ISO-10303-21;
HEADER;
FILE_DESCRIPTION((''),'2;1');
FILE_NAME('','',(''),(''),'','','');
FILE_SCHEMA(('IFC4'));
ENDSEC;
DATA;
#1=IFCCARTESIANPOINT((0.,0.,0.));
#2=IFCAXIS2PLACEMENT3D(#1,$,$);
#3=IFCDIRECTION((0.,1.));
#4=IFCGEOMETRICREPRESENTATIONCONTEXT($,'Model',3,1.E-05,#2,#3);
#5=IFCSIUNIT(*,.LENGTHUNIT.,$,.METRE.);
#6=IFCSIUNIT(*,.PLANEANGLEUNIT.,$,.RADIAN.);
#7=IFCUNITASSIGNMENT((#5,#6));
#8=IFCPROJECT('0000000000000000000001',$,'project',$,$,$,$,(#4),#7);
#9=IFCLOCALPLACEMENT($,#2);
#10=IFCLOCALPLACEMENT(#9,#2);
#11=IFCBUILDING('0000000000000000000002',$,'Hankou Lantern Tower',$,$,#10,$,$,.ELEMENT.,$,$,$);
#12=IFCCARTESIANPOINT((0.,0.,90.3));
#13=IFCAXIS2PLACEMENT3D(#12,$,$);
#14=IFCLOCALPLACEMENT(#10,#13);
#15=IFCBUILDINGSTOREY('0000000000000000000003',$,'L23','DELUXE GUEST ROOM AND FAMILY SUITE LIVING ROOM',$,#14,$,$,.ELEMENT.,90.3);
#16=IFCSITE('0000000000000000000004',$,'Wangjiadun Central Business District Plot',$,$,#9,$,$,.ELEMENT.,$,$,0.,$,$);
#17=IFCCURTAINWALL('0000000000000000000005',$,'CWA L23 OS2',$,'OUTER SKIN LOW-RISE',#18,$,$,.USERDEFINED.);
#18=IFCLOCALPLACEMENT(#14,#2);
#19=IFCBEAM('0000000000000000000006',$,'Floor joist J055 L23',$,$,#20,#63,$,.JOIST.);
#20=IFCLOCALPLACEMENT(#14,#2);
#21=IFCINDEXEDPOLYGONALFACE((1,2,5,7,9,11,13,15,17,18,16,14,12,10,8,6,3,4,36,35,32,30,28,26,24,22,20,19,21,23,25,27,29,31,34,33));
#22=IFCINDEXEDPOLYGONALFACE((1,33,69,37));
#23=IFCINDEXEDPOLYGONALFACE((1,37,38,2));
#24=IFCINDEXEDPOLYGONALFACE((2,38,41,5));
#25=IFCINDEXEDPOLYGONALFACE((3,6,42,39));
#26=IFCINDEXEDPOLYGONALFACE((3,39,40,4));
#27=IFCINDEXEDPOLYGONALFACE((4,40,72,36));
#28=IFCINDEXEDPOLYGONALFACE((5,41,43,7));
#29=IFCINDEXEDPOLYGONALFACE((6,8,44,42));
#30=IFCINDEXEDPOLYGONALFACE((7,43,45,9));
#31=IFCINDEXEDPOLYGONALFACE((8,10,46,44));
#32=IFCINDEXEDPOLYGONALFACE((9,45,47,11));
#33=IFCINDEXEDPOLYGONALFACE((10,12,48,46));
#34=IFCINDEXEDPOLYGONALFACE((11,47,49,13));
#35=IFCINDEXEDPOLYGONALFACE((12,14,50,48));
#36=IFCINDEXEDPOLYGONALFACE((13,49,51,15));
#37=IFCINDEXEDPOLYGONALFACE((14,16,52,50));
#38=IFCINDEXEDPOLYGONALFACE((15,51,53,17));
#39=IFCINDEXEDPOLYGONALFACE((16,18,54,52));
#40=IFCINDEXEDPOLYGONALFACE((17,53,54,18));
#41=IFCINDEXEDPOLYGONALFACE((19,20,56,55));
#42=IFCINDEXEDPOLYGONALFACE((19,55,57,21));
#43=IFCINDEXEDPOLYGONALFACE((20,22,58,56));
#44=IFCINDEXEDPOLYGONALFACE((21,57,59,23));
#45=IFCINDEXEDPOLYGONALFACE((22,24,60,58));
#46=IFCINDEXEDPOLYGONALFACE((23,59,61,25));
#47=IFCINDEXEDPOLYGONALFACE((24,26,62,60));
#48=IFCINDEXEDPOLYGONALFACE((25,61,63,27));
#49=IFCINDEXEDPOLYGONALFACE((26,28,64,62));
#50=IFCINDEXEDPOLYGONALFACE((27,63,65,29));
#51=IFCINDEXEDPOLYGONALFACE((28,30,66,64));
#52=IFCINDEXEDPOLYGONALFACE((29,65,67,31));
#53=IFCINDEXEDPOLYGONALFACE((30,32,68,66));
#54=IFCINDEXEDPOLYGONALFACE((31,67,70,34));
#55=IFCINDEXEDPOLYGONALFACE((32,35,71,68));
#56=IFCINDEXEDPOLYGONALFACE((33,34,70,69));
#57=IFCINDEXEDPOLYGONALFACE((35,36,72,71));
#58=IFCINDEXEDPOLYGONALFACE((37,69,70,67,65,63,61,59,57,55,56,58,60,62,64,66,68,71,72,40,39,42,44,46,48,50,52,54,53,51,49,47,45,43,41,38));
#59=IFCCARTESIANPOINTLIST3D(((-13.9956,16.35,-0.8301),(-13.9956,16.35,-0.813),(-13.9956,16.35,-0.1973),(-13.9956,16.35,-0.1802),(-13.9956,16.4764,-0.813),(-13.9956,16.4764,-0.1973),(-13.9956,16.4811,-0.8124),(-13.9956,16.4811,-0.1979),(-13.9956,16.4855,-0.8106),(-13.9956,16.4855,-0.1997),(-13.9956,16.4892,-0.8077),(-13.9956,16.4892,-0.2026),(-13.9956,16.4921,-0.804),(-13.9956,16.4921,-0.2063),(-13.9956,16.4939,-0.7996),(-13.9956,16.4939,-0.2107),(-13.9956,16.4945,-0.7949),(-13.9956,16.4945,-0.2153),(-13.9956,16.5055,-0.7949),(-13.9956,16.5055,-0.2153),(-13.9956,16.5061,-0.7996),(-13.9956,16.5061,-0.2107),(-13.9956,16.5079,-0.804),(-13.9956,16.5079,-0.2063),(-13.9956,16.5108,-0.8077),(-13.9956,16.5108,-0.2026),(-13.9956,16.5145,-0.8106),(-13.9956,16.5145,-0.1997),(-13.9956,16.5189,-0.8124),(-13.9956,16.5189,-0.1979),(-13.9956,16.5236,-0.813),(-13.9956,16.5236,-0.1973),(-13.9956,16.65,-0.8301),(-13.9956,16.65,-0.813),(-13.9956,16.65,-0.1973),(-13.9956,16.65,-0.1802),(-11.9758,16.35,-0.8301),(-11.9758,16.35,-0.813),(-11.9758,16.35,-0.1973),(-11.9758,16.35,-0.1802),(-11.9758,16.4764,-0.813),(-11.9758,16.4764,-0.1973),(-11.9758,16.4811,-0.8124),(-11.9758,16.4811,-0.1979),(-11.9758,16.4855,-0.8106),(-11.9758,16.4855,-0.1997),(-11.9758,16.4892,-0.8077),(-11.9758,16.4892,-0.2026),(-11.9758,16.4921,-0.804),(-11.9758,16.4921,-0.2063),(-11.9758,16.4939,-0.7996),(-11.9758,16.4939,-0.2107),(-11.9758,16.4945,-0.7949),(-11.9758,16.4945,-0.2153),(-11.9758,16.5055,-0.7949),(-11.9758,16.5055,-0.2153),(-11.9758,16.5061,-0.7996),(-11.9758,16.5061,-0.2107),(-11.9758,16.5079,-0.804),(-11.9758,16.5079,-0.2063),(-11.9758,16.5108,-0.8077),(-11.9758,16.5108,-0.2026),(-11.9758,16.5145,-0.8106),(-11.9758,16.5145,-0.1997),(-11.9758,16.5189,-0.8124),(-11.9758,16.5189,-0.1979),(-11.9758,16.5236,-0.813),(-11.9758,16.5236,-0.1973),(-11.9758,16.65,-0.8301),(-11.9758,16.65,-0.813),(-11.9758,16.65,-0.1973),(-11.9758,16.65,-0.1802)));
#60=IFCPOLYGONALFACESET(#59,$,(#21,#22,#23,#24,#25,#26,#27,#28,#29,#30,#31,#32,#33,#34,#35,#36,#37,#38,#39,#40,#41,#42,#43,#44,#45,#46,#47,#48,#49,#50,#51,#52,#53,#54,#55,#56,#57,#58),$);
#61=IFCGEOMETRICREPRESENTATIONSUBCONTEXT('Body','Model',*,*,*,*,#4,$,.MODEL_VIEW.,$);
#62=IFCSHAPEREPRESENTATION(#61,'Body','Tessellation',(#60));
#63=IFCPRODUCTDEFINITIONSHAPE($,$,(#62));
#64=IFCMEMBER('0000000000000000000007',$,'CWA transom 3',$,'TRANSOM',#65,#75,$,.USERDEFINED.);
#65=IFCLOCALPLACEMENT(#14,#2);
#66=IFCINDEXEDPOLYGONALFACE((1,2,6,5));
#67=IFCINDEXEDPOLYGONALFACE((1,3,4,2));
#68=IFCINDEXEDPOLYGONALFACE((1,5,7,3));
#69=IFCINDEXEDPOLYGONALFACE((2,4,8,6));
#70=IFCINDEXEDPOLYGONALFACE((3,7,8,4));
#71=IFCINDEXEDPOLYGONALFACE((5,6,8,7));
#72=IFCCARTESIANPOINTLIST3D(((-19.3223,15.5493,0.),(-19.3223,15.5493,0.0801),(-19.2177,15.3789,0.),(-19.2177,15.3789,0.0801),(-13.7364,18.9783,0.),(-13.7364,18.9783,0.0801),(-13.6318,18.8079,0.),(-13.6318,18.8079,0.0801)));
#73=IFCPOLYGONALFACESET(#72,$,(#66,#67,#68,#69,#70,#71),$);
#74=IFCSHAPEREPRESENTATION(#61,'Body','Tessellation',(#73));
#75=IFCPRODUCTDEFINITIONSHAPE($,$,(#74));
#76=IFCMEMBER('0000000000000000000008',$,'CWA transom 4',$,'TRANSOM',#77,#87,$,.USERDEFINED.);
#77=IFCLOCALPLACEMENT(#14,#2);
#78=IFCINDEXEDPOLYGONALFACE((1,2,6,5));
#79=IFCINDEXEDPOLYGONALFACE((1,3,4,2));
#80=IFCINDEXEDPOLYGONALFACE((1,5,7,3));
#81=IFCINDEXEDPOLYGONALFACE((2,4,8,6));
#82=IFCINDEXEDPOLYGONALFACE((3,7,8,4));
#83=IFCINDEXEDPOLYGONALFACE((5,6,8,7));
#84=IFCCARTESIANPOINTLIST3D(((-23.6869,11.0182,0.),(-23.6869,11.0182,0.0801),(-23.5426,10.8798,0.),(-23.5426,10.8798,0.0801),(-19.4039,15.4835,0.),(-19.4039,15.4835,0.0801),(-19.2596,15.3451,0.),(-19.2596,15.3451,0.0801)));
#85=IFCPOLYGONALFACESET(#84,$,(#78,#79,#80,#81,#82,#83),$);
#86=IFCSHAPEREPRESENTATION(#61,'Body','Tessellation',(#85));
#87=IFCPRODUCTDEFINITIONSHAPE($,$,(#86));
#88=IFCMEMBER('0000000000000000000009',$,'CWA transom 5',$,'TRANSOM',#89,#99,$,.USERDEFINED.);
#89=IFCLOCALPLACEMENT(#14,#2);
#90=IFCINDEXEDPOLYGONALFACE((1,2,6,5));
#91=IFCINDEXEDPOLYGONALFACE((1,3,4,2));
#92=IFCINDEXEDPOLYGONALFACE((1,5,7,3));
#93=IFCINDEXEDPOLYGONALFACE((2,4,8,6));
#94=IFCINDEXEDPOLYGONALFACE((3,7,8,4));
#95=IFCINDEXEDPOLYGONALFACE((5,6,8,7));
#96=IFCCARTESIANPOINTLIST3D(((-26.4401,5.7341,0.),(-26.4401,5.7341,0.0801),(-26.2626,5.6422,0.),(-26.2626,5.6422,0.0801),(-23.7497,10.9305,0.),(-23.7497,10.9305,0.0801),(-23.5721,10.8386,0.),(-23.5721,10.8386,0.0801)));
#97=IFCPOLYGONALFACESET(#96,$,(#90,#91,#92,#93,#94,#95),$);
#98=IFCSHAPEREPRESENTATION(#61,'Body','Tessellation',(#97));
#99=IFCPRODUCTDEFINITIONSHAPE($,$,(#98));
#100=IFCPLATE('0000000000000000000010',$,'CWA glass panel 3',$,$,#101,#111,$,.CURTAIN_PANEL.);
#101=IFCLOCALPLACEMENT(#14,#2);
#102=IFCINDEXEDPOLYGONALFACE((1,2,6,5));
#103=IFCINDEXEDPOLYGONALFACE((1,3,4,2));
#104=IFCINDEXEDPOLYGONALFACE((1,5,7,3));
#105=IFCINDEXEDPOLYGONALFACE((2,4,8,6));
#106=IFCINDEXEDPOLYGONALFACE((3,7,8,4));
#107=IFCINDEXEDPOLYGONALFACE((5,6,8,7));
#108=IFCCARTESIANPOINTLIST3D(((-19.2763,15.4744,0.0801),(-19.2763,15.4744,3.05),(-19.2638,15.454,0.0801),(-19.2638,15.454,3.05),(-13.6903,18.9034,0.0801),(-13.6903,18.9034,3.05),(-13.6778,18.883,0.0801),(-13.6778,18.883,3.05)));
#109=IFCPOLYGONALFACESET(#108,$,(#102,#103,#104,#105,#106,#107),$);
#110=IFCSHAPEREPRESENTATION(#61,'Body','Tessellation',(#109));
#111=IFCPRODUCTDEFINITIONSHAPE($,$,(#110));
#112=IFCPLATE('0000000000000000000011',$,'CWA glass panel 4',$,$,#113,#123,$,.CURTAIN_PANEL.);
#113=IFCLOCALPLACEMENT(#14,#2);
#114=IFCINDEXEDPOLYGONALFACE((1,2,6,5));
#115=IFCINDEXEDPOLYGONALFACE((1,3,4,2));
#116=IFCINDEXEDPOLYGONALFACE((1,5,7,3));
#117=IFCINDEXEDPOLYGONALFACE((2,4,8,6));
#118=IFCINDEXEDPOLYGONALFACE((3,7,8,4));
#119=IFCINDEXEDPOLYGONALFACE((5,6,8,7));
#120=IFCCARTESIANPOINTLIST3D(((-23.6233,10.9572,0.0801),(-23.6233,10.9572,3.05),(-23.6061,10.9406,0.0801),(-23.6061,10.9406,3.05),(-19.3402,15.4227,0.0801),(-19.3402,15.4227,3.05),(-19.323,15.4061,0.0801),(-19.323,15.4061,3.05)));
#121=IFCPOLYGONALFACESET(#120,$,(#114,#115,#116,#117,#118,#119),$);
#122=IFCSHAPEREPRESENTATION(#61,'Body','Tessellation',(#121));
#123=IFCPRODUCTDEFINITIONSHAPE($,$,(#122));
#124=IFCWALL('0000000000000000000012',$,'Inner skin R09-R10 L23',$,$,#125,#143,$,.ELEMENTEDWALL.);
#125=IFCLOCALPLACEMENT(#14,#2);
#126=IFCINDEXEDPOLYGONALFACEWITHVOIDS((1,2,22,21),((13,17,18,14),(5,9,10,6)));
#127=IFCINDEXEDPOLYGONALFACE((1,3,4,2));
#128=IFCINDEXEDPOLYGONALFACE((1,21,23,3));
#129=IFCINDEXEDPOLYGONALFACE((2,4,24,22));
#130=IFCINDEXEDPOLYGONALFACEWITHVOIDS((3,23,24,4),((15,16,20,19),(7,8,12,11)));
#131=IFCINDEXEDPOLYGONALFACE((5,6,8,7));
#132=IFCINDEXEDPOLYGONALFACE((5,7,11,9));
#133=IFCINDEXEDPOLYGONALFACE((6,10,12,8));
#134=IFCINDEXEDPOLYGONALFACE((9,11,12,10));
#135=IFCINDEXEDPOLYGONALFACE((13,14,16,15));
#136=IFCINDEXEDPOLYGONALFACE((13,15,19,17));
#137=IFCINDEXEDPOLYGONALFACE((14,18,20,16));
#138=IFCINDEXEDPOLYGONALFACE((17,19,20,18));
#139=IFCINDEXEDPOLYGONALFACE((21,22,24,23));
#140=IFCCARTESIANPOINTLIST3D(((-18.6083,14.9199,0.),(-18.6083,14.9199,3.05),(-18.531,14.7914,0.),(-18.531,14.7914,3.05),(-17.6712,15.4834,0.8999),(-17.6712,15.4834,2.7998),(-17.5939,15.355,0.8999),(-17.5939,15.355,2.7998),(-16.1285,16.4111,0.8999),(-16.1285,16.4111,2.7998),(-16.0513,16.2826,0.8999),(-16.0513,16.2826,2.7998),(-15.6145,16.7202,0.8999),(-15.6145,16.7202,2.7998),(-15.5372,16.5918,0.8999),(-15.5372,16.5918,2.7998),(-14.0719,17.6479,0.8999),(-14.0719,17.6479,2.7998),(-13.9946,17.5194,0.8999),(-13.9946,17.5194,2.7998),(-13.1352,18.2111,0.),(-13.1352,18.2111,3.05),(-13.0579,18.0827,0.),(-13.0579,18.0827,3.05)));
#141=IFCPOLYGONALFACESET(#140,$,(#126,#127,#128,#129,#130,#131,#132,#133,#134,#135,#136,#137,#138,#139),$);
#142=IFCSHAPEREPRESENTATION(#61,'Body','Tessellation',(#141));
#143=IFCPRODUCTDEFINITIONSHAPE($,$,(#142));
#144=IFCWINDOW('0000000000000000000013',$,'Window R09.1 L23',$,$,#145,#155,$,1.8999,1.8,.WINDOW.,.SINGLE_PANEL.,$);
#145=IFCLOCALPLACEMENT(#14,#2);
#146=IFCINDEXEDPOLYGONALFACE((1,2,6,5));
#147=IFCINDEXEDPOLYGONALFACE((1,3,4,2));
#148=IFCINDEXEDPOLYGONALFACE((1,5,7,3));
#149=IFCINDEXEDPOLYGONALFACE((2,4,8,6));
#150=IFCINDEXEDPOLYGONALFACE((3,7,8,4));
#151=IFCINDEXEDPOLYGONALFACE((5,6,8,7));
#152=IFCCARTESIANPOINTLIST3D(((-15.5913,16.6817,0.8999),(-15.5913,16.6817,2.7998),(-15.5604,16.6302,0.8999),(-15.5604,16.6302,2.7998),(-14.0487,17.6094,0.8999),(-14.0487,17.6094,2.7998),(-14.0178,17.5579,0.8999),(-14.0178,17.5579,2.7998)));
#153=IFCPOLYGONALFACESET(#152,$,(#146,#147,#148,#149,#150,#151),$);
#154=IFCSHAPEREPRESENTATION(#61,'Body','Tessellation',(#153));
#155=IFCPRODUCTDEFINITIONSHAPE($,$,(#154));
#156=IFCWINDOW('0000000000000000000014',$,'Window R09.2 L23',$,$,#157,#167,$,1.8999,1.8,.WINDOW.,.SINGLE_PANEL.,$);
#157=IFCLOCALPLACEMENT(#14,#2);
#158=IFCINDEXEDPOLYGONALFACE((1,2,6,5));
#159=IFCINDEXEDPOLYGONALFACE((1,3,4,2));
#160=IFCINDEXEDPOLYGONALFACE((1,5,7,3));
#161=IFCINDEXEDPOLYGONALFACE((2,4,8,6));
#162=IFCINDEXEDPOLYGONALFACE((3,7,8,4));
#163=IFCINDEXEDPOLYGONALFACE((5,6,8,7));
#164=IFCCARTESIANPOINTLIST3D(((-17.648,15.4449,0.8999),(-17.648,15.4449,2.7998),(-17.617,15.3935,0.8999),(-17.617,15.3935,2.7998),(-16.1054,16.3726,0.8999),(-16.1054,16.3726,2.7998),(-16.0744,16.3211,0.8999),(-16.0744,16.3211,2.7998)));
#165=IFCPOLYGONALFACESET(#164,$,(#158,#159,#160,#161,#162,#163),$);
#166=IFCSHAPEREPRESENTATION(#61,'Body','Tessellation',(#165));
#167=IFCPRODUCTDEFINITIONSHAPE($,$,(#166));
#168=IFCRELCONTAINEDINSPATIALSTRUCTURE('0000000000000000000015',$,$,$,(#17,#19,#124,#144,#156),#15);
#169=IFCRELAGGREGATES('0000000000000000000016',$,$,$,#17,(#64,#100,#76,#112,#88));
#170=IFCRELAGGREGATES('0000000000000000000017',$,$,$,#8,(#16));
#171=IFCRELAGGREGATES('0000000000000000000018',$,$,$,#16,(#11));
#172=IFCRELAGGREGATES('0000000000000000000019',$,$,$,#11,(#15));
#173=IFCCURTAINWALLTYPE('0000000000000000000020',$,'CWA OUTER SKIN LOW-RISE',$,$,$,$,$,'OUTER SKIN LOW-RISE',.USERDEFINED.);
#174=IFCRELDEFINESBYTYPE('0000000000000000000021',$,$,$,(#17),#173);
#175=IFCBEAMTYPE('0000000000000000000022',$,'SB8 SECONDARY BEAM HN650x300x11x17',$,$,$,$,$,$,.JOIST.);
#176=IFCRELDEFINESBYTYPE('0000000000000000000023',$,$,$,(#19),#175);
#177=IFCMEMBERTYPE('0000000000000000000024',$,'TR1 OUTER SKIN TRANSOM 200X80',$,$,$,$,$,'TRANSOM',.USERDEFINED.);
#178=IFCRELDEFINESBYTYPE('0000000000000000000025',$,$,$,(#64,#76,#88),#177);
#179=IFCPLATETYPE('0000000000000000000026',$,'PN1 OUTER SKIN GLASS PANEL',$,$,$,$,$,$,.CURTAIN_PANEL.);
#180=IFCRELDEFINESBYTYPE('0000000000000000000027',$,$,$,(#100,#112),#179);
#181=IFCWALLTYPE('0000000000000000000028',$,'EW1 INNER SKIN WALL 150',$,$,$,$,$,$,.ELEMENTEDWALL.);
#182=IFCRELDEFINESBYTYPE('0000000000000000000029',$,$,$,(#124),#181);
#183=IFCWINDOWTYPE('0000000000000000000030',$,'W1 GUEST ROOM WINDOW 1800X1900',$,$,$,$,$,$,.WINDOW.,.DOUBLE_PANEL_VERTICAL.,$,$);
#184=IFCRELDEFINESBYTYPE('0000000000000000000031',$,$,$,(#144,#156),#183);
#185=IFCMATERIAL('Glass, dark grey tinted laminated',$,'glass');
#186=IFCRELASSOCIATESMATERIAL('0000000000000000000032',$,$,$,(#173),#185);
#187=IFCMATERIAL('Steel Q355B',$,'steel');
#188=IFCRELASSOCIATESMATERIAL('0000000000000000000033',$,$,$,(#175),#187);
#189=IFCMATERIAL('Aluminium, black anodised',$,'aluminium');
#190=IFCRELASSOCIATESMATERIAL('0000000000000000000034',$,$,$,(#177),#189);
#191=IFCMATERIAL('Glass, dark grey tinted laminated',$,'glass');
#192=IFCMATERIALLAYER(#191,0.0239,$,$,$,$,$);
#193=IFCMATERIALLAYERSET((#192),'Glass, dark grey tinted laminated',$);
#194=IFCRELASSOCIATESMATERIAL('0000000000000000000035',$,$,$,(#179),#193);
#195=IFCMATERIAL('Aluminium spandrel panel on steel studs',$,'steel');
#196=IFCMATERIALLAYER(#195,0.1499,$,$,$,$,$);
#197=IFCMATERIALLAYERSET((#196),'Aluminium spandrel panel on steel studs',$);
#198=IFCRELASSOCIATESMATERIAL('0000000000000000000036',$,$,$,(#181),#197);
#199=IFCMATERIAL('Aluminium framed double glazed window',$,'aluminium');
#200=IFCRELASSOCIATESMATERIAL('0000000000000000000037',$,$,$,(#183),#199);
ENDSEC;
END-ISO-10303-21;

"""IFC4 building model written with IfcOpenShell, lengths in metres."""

from ifc_helpers import new_model, si_unit, direction, frame, frame_2d, origin, origin_2d, place, context, subcontext, project, spatial, rectangle, i_section, extrude, material, layer, layer_set, material_profile, profile_set, type_object, element, fill, aggregate, save


model = new_model("IFC4")

# Units and contexts
model_context = context("Model", 3, precision=1e-05, world=origin(), true_north=direction((0.0, 1.0)))
body_context = subcontext(model_context, "Body", "Model", "MODEL_VIEW")
ifc_project = project(units=[si_unit("LENGTHUNIT", "METRE"), si_unit("PLANEANGLEUNIT", "RADIAN")], contexts=[model_context])

# Site, building, storey
site_placement = place(None, origin())
site = spatial("IfcSite", under=ifc_project, at=site_placement, Name="Wangjiadun Central Business District Plot", CompositionType="ELEMENT", RefElevation=0.0)
building_placement = place(site_placement, origin())
building = spatial("IfcBuilding", under=site, at=building_placement, Name="Hankou Lantern Tower", CompositionType="ELEMENT")
storey_placement = place(building_placement, frame((0.0, 0.0, 90.3)))
storey = spatial("IfcBuildingStorey", under=building, at=storey_placement, Name="L23", Description="DELUXE GUEST ROOM AND FAMILY SUITE LIVING ROOM", CompositionType="ELEMENT", Elevation=90.3)

# Curtain wall
ifc_material_1 = material(Name="Glass, dark grey tinted laminated", Category="glass")
curtain_wall_type = type_object("IfcCurtainWallType", Name="CWA OUTER SKIN LOW-RISE", ElementType="OUTER SKIN LOW-RISE", PredefinedType="USERDEFINED", material=ifc_material_1)
curtain_wall_placement = place(storey_placement, origin())
curtain_wall = element("IfcCurtainWall", 1, at=curtain_wall_placement, inside=storey, type_object=curtain_wall_type, Name="CWA L23 OS2", ObjectType="OUTER SKIN LOW-RISE", PredefinedType="USERDEFINED")

# Beam
ifc_material_2 = material(Name="Steel Q355B", Category="steel")
ifc_material_profile_1 = material_profile(ifc_material_2, i_section(OverallWidth=0.3, OverallDepth=0.6499, WebThickness=0.011, FlangeThickness=0.0171, FilletRadius=0.0181, at=origin_2d()), Name="HN650x300x11x17")
ifc_profile_set_1 = profile_set([ifc_material_profile_1], Name="Steel Q355B")
beam_type_1 = type_object("IfcBeamType", Name="SB8 SECONDARY BEAM HN650x300x11x17", PredefinedType="JOIST", material=ifc_profile_set_1)
beam_1_placement = place(storey_placement, frame((-13.9956, 16.5, -0.5051), z_axis=(1.0, 0.0, 0.0), x_axis=(0.0, 1.0, 0.0)))
element("IfcBeam", 2, at=beam_1_placement, inside=storey, type_object=beam_type_1, Name="Floor joist J055 L23", PredefinedType="JOIST", context=body_context, shape_type="SweptSolid", body=[
    extrude(i_section(OverallWidth=0.3, OverallDepth=0.6499, WebThickness=0.011, FlangeThickness=0.0171, FilletRadius=0.0181, at=origin_2d()), origin(), (0.0, 0.0, 1.0), 2.0198),
])

# Members
ifc_material_3 = material(Name="Aluminium, black anodised", Category="aluminium")
ifc_material_profile_2 = material_profile(ifc_material_3, rectangle(XDim=0.2, YDim=0.0801, at=origin_2d()), Name="TR1 200X80")
ifc_profile_set_2 = profile_set([ifc_material_profile_2], Name="Aluminium, black anodised")
member_type_1 = type_object("IfcMemberType", Name="TR1 OUTER SKIN TRANSOM 200X80", ElementType="TRANSOM", PredefinedType="USERDEFINED", material=ifc_profile_set_2)
member_1_placement = place(storey_placement, frame((-13.6841, 18.8931, 0.04), z_axis=(-0.85224, -0.523152, 0.0), x_axis=(0.523152, -0.85224, 0.0)))
member_1 = element("IfcMember", 3, at=member_1_placement, type_object=member_type_1, Name="CWA transom 3", ObjectType="TRANSOM", PredefinedType="USERDEFINED", context=body_context, shape_type="SweptSolid", body=[
    extrude(rectangle(XDim=0.2, YDim=0.0801, at=origin_2d()), origin(), (0.0, 0.0, 1.0), 6.5544),
])
member_2_placement = place(storey_placement, frame((-19.3318, 15.4143, 0.04), z_axis=(-0.692216, -0.721691, 0.0), x_axis=(0.721691, -0.692216, 0.0)))
member_2 = element("IfcMember", 4, at=member_2_placement, type_object=member_type_1, Name="CWA transom 4", ObjectType="TRANSOM", PredefinedType="USERDEFINED", context=body_context, shape_type="SweptSolid", body=[
    extrude(rectangle(XDim=0.2, YDim=0.0801, at=origin_2d()), origin(), (0.0, 0.0, 1.0), 6.1873),
])
member_3_placement = place(storey_placement, frame((-23.6609, 10.8845, 0.04), z_axis=(-0.459786, -0.88803, 0.0), x_axis=(0.88803, -0.459786, 0.0)))
member_3 = element("IfcMember", 5, at=member_3_placement, type_object=member_type_1, Name="CWA transom 5", ObjectType="TRANSOM", PredefinedType="USERDEFINED", context=body_context, shape_type="SweptSolid", body=[
    extrude(rectangle(XDim=0.2, YDim=0.0801, at=origin_2d()), origin(), (0.0, 0.0, 1.0), 5.8516),
])

# Plates
ifc_material_4 = material(Name="Glass, dark grey tinted laminated", Category="glass")
ifc_layer_1 = layer(ifc_material_4, 0.0239)
ifc_layer_set_1 = layer_set([ifc_layer_1], Name="Glass, dark grey tinted laminated")
plate_type = type_object("IfcPlateType", Name="PN1 OUTER SKIN GLASS PANEL", PredefinedType="CURTAIN_PANEL", material=ifc_layer_set_1)
plate_1_placement = place(storey_placement, frame((-16.4771, 17.1787, 0.0801), z_axis=(0.0, 0.0, 1.0), x_axis=(-0.852237, -0.523156, 0.0)))
plate_1 = element("IfcPlate", 6, at=plate_1_placement, type_object=plate_type, Name="CWA glass panel 3", PredefinedType="CURTAIN_PANEL", context=body_context, shape_type="SweptSolid", body=[
    extrude(rectangle(XDim=6.5544, YDim=0.0239, at=origin_2d()), origin(), (0.0, 0.0, 1.0), 2.97),
])
plate_2_placement = place(storey_placement, frame((-21.4731, 13.1816, 0.0801), z_axis=(0.0, 0.0, 1.0), x_axis=(-0.692216, -0.721691, 0.0)))
plate_2 = element("IfcPlate", 7, at=plate_2_placement, type_object=plate_type, Name="CWA glass panel 4", PredefinedType="CURTAIN_PANEL", context=body_context, shape_type="SweptSolid", body=[
    extrude(rectangle(XDim=6.1875, YDim=0.0239, at=origin_2d()), origin(), (0.0, 0.0, 1.0), 2.97),
])
aggregate(curtain_wall, [member_1, plate_1, member_2, plate_2, member_3])

# Wall, openings, windows
ifc_material_5 = material(Name="Aluminium spandrel panel on steel studs", Category="steel")
ifc_layer_2 = layer(ifc_material_5, 0.1499)
ifc_layer_set_2 = layer_set([ifc_layer_2], Name="Aluminium spandrel panel on steel studs")
wall_type_1 = type_object("IfcWallType", Name="EW1 INNER SKIN WALL 150", PredefinedType="ELEMENTEDWALL", material=ifc_layer_set_2)
wall_1_placement = place(storey_placement, frame((-13.0964, 18.147, 0.0), z_axis=(0.0, 0.0, 1.0), x_axis=(-0.856983, -0.515344, 0.0)))
wall_1 = element("IfcWall", 8, at=wall_1_placement, inside=storey, type_object=wall_type_1, Name="Inner skin R09-R10 L23", PredefinedType="ELEMENTEDWALL", context=body_context, shape_type="SweptSolid", body=[
    extrude(rectangle(XDim=6.3865, YDim=0.1499, at=frame_2d((3.1934, 0.0))), origin(), (0.0, 0.0, 1.0), 3.05),
])
opening_1_placement = place(wall_1_placement, frame((1.0933, 0.0, 0.8999)))
opening_1 = element("IfcOpeningElement", 9, at=opening_1_placement, cuts=wall_1, PredefinedType="OPENING", context=body_context, shape_type="SweptSolid", body=[
    extrude(rectangle(XDim=1.8, YDim=1.8999, at=frame_2d((0.8999, 0.95))), frame((0.0, 0.085, 0.0), z_axis=(0.0, -1.0, 0.0), x_axis=(1.0, 0.0, 0.0)), (0.0, 0.0, 1.0), 0.1699),
])
opening_2_placement = place(wall_1_placement, frame((3.4932, 0.0, 0.8999)))
opening_2 = element("IfcOpeningElement", 10, at=opening_2_placement, cuts=wall_1, PredefinedType="OPENING", context=body_context, shape_type="SweptSolid", body=[
    extrude(rectangle(XDim=1.8, YDim=1.8999, at=frame_2d((0.8999, 0.95))), frame((0.0, 0.085, 0.0), z_axis=(0.0, -1.0, 0.0), x_axis=(1.0, 0.0, 0.0)), (0.0, 0.0, 1.0), 0.1699),
])
ifc_material_6 = material(Name="Aluminium framed double glazed window", Category="aluminium")
window_type = type_object("IfcWindowType", Name="W1 GUEST ROOM WINDOW 1800X1900", PartitioningType="DOUBLE_PANEL_VERTICAL", PredefinedType="WINDOW", material=ifc_material_6)
window_1_placement = place(opening_1_placement, origin())
window_1 = element("IfcWindow", 11, at=window_1_placement, inside=storey, type_object=window_type, Name="Window R09.1 L23", OverallHeight=1.8999, OverallWidth=1.8, PartitioningType="SINGLE_PANEL", PredefinedType="WINDOW", context=body_context, shape_type="SweptSolid", body=[
    extrude(rectangle(XDim=1.8, YDim=1.8999, at=frame_2d((0.8999, 0.95))), frame((0.0, 0.03, 0.0), z_axis=(0.0, -1.0, 0.0), x_axis=(1.0, 0.0, 0.0)), (0.0, 0.0, 1.0), 0.0601),
])
fill(opening_1, window_1)
window_2_placement = place(opening_2_placement, origin())
window_2 = element("IfcWindow", 12, at=window_2_placement, inside=storey, type_object=window_type, Name="Window R09.2 L23", OverallHeight=1.8999, OverallWidth=1.8, PartitioningType="SINGLE_PANEL", PredefinedType="WINDOW", context=body_context, shape_type="SweptSolid", body=[
    extrude(rectangle(XDim=1.8, YDim=1.8999, at=frame_2d((0.8999, 0.95))), frame((0.0, 0.03, 0.0), z_axis=(0.0, -1.0, 0.0), x_axis=(1.0, 0.0, 0.0)), (0.0, 0.0, 1.0), 0.0601),
])
fill(opening_2, window_2)

save(model, "model.ifc")
